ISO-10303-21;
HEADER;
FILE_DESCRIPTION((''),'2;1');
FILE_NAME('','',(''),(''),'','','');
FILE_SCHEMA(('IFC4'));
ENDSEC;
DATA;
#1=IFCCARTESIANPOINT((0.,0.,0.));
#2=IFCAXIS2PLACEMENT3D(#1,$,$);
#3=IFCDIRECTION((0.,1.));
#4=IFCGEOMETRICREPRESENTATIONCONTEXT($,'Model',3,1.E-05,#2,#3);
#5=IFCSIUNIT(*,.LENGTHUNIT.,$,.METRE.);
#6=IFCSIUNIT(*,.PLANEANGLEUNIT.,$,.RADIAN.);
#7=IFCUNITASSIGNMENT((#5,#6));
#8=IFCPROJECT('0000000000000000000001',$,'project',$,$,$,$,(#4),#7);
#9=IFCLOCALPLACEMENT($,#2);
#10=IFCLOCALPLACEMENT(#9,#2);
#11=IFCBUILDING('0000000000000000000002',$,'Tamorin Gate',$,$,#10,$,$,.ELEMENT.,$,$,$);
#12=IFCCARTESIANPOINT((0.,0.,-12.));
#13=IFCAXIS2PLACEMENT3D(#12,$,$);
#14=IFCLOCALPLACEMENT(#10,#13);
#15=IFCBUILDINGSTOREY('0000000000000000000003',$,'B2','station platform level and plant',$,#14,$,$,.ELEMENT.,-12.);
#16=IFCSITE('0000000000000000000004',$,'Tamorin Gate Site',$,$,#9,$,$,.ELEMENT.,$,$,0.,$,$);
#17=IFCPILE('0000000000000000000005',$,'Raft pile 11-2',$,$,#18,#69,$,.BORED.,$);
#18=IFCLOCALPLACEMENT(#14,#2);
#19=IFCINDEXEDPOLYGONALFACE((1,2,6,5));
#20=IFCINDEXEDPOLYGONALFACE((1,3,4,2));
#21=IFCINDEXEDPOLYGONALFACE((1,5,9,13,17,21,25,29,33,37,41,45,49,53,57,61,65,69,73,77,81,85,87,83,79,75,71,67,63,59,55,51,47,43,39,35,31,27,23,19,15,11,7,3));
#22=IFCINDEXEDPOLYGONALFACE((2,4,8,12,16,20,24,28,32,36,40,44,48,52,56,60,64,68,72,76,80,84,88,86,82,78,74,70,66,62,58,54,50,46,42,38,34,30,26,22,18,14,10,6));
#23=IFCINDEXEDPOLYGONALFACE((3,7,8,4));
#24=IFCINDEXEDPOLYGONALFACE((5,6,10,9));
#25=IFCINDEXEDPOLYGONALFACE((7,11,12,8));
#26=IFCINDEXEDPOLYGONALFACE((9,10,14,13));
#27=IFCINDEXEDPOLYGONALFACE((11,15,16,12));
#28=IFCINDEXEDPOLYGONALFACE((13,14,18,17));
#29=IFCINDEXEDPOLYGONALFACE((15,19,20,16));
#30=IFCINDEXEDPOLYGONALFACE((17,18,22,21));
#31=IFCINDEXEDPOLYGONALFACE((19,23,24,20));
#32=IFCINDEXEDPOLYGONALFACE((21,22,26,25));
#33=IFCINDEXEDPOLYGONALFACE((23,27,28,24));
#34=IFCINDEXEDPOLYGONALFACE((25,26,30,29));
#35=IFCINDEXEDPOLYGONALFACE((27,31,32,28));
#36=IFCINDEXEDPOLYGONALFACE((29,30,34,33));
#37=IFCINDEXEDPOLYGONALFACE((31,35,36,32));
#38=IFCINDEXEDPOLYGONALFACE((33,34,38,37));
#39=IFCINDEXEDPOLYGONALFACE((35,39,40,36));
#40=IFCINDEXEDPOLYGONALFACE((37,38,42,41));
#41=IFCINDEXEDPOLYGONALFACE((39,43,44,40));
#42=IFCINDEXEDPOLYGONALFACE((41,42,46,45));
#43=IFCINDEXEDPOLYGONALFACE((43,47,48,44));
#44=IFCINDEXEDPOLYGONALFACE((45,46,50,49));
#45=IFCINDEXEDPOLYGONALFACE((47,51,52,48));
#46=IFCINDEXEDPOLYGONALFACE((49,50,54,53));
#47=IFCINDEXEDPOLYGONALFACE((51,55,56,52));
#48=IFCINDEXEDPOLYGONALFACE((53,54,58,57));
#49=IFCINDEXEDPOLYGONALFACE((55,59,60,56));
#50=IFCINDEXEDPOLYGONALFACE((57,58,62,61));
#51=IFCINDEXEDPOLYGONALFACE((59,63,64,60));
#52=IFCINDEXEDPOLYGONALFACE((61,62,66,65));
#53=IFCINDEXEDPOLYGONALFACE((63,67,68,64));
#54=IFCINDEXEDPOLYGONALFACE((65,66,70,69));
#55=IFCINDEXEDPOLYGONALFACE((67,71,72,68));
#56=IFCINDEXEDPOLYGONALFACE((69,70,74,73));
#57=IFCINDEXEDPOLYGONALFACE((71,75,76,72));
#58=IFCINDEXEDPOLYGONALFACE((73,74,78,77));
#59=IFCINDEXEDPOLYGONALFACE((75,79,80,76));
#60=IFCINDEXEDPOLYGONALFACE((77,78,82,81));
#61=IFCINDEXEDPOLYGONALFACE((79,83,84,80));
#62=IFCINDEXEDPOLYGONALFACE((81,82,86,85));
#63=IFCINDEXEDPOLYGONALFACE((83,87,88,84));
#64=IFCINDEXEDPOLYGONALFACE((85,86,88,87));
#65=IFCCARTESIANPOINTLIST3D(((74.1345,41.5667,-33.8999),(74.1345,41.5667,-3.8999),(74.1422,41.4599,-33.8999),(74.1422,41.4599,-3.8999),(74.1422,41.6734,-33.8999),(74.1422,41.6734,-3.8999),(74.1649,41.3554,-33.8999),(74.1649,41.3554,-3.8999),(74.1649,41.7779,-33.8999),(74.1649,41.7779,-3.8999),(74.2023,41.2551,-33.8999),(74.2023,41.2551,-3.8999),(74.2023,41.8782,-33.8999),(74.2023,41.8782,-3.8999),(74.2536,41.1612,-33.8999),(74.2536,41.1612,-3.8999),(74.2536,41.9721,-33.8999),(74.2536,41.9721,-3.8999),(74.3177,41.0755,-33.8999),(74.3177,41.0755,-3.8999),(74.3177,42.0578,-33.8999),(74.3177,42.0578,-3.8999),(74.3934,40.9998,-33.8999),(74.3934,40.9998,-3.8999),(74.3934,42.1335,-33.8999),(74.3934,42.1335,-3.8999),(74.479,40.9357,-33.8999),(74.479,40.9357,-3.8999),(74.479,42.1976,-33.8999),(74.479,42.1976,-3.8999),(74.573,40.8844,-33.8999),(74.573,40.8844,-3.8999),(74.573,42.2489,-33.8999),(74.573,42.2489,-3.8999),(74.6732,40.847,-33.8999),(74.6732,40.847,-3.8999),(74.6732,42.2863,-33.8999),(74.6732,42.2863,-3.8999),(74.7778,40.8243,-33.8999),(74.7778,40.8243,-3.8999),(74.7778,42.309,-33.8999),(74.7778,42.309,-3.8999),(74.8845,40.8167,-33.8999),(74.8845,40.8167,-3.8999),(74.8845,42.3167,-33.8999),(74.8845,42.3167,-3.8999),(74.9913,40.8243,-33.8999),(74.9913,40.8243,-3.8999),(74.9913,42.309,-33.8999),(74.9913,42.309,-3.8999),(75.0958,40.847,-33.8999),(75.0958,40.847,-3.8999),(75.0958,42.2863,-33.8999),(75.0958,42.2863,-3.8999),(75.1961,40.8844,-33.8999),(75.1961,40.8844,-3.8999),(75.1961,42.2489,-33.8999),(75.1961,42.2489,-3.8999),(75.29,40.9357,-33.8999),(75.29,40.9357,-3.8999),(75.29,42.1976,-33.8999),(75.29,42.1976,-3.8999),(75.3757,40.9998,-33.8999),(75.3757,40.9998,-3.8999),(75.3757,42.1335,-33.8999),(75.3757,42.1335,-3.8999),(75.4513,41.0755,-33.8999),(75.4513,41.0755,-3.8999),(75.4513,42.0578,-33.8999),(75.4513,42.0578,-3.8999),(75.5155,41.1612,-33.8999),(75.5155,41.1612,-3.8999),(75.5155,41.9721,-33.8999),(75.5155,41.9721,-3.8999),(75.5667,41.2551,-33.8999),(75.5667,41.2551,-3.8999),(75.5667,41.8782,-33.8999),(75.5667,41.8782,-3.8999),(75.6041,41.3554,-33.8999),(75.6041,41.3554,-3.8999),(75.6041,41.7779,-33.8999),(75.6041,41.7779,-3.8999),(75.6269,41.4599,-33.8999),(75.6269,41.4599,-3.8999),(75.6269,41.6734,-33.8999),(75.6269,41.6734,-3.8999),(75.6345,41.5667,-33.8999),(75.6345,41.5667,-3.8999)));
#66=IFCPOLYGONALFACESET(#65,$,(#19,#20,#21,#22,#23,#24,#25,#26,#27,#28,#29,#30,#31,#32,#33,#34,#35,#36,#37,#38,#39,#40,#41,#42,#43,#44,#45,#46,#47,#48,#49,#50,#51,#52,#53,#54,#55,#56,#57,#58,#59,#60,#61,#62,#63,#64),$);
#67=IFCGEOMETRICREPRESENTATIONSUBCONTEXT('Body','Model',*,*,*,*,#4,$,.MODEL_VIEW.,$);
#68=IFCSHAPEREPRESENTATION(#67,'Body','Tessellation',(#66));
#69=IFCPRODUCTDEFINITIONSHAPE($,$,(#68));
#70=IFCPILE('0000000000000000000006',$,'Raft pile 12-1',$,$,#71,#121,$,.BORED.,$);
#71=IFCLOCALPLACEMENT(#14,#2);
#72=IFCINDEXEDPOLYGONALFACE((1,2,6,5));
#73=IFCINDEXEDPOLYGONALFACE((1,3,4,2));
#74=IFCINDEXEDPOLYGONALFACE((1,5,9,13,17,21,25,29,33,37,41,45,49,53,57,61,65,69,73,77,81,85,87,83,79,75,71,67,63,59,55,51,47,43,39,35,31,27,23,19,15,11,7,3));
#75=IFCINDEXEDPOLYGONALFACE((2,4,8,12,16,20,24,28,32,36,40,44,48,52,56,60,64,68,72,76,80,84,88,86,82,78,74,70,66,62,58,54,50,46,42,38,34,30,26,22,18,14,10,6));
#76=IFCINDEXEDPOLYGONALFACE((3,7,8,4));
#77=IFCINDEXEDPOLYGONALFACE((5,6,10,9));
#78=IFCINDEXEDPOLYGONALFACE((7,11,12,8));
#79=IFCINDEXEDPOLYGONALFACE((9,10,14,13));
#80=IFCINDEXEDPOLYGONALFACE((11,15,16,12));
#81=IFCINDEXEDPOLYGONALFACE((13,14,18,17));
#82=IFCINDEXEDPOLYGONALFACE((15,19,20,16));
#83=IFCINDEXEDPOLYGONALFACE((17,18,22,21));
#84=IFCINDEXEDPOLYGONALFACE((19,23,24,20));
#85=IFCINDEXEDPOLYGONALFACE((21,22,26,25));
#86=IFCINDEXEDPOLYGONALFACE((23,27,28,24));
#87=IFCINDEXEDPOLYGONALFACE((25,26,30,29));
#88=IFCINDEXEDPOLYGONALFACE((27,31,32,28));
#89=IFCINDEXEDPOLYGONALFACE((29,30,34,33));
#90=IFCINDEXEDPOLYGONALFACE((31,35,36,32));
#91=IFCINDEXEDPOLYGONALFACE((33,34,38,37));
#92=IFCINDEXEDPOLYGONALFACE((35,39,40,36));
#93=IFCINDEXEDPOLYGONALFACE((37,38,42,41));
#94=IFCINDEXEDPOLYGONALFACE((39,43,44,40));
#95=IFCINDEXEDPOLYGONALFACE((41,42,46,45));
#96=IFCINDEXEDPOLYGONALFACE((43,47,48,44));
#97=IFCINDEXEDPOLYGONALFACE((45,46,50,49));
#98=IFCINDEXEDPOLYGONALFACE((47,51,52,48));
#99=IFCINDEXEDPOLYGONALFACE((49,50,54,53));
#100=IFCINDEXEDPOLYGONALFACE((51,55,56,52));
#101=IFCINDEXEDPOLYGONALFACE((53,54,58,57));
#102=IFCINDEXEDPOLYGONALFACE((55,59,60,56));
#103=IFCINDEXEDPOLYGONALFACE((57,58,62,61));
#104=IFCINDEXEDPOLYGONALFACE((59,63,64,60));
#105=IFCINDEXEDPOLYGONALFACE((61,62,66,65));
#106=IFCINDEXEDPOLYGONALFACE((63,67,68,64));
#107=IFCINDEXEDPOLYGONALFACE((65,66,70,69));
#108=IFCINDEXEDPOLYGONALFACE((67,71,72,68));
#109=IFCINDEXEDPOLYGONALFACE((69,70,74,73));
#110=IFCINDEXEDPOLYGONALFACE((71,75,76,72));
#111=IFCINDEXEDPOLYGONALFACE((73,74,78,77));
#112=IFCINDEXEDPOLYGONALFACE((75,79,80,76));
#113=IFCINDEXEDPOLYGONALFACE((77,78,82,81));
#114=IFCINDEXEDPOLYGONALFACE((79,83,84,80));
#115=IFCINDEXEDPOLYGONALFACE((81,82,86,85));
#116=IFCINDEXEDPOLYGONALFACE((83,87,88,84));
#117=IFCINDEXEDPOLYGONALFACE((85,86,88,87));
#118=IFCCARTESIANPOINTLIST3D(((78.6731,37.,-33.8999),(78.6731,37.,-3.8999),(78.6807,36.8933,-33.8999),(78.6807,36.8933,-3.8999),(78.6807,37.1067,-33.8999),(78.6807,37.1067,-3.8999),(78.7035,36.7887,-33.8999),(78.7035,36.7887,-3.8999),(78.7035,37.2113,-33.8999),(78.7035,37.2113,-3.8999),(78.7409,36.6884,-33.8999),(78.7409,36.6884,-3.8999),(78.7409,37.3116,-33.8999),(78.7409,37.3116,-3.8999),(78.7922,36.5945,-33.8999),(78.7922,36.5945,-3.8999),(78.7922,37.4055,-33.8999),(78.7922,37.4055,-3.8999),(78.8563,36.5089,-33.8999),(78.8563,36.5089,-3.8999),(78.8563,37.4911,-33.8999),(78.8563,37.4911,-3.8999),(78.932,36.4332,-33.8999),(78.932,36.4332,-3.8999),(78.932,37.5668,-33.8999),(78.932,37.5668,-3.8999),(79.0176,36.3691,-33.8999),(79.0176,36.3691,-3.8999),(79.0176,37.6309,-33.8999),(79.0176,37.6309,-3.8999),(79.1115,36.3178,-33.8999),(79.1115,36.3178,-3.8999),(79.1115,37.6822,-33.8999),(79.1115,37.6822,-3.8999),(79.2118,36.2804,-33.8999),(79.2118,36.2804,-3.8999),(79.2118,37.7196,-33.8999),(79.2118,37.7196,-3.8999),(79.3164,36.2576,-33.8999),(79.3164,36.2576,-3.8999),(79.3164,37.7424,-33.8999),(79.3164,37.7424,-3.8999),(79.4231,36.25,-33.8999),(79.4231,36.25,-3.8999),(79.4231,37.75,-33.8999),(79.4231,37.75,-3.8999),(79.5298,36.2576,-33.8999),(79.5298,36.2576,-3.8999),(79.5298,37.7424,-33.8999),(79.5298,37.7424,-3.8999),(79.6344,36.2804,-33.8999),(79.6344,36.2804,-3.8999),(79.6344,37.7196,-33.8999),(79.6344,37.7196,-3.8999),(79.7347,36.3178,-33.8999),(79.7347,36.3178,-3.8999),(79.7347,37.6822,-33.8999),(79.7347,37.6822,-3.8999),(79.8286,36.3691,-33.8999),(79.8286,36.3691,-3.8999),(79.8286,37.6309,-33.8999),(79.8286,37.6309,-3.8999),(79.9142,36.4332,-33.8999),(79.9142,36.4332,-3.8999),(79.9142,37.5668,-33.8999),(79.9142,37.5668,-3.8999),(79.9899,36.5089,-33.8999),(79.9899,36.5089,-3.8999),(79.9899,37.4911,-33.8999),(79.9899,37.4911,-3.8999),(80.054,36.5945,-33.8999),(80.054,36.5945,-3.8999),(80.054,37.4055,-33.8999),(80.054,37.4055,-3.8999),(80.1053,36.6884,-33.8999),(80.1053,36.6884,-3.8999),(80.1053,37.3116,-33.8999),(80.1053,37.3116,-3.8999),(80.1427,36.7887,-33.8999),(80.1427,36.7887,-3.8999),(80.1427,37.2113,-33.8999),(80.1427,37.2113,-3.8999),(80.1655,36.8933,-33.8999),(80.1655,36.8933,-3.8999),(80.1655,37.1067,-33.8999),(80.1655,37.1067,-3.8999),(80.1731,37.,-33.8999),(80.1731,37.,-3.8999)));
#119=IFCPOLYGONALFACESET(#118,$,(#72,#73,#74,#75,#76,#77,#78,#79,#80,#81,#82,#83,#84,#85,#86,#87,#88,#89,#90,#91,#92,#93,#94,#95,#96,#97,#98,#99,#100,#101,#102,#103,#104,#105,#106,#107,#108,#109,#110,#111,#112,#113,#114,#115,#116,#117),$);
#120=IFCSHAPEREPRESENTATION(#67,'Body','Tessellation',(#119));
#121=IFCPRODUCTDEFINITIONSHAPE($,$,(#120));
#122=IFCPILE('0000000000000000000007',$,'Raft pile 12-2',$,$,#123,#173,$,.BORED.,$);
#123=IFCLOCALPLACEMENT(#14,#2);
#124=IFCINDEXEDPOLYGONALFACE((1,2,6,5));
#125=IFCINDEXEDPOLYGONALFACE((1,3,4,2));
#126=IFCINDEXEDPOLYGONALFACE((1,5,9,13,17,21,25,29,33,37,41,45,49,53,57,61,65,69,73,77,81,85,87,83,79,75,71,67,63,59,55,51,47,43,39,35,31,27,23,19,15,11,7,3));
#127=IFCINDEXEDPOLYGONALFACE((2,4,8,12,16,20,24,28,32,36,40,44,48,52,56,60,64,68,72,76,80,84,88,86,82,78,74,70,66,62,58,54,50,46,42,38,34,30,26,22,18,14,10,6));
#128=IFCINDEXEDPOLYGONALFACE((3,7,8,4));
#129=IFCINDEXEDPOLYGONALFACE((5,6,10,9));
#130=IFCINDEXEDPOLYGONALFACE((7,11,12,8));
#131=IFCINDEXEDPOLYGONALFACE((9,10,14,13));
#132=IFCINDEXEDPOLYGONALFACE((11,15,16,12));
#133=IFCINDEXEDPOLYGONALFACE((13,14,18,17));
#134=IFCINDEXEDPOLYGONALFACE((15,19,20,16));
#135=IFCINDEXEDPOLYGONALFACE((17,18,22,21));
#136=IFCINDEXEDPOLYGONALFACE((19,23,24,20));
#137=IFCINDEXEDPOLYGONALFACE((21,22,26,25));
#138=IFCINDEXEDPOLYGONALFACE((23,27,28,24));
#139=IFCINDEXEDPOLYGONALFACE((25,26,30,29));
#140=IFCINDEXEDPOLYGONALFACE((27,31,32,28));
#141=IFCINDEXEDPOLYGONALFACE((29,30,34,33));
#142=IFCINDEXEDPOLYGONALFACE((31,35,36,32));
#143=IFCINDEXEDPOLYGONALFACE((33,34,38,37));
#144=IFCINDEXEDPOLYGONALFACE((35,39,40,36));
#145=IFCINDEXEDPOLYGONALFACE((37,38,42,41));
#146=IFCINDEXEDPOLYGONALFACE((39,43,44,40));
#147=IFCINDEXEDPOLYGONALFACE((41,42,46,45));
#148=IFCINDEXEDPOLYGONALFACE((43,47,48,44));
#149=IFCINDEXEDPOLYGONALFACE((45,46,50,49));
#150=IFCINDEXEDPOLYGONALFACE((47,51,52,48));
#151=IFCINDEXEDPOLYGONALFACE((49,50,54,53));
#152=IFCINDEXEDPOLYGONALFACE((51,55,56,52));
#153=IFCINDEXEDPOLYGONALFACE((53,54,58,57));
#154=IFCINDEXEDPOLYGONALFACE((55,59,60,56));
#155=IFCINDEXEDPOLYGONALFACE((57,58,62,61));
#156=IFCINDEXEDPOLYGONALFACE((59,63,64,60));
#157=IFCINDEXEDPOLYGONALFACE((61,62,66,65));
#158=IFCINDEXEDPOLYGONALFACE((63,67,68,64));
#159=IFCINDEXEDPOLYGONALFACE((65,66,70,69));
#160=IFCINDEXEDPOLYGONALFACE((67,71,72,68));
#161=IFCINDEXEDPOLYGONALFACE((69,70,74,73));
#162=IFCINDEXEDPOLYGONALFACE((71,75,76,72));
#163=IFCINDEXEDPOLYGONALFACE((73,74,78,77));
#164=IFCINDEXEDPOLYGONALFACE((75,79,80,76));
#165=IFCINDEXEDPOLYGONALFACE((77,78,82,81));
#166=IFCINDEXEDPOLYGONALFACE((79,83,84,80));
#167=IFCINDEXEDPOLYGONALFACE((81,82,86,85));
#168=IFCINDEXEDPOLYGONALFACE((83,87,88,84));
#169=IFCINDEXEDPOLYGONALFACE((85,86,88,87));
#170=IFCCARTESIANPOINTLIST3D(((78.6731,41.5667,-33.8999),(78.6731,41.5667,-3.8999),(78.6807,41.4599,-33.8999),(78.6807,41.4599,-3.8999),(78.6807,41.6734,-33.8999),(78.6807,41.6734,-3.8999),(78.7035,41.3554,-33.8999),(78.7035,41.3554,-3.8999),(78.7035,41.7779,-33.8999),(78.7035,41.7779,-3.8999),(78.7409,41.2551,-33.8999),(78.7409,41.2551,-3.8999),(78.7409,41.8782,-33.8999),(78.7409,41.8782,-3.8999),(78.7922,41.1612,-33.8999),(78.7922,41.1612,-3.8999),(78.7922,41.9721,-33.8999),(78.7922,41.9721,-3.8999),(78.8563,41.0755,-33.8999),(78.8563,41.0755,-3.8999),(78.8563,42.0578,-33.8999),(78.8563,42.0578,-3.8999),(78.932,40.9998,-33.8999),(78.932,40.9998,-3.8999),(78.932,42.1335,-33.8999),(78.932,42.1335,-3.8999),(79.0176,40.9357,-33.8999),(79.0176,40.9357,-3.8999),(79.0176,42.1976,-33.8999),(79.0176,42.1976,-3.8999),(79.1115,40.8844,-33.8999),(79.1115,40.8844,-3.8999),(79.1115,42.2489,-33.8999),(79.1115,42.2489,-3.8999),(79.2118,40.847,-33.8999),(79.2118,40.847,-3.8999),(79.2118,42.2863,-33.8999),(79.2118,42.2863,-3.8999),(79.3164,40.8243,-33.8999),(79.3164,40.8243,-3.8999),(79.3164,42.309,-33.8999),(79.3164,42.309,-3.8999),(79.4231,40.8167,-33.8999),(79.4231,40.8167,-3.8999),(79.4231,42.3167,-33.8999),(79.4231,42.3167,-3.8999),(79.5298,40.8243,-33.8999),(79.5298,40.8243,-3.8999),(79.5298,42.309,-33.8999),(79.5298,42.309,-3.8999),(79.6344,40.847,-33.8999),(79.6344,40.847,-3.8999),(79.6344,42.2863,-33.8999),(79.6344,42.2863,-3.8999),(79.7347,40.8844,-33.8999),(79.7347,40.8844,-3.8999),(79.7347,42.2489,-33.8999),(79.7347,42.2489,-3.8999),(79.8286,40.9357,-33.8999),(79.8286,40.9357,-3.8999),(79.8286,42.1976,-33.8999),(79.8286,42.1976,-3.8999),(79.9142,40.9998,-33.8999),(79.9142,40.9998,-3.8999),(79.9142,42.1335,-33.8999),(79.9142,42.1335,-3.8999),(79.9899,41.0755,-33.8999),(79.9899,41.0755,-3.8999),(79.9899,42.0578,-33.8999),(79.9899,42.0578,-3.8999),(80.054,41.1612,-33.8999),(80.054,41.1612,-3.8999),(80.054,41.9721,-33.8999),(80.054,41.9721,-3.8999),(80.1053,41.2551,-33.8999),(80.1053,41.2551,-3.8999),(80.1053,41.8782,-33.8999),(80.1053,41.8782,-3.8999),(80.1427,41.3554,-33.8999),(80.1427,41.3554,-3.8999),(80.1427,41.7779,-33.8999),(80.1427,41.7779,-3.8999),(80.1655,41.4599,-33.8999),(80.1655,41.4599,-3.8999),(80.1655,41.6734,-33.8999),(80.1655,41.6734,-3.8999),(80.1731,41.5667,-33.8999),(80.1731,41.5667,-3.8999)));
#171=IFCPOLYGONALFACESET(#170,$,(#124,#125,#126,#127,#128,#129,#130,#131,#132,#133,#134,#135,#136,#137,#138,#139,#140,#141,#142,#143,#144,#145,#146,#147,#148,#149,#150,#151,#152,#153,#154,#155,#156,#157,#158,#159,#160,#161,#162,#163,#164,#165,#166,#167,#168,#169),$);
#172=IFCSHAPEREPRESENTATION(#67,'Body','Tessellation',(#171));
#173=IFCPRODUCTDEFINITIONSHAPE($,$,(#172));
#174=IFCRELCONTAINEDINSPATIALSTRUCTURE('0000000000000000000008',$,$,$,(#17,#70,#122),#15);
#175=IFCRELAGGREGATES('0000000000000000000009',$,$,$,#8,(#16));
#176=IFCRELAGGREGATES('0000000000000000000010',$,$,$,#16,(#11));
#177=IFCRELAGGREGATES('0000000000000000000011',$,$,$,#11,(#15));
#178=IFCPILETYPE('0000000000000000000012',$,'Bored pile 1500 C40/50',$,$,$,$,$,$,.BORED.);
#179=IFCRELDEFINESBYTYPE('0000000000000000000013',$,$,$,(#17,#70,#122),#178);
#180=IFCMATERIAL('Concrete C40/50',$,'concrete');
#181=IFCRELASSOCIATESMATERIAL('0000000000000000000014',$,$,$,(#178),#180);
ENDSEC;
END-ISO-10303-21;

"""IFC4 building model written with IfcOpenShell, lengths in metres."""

from ifc_helpers import new_model, si_unit, direction, frame, origin, origin_2d, place, context, subcontext, project, spatial, circle, extrude, material, material_profile, profile_set, type_object, element, save


model = new_model("IFC4")

# Units and contexts
model_context = context("Model", 3, precision=1e-05, world=origin(), true_north=direction((0.0, 1.0)))
body_context = subcontext(model_context, "Body", "Model", "MODEL_VIEW")
ifc_project = project(units=[si_unit("LENGTHUNIT", "METRE"), si_unit("PLANEANGLEUNIT", "RADIAN")], contexts=[model_context])

# Site, building, storey
site_placement = place(None, origin())
site = spatial("IfcSite", under=ifc_project, at=site_placement, Name="Tamorin Gate Site", CompositionType="ELEMENT", RefElevation=0.0)
building_placement = place(site_placement, origin())
building = spatial("IfcBuilding", under=site, at=building_placement, Name="Tamorin Gate", CompositionType="ELEMENT")
storey_placement = place(building_placement, frame((0.0, 0.0, -12.0)))
storey = spatial("IfcBuildingStorey", under=building, at=storey_placement, Name="B2", Description="station platform level and plant", CompositionType="ELEMENT", Elevation=-12.0)

# Piles
ifc_material_1 = material(Name="Concrete C40/50", Category="concrete")
ifc_material_profile_1 = material_profile(ifc_material_1, circle(Radius=0.75, at=origin_2d()))
ifc_profile_set_1 = profile_set([ifc_material_profile_1], Name="Concrete C40/50")
pile_type = type_object("IfcPileType", Name="Bored pile 1500 C40/50", PredefinedType="BORED", material=ifc_profile_set_1)
for number, where, z_axis, x_axis, name in (
    (1, (74.8845, 41.5667, -3.8999), (0.0, 0.0, -1.0), (1.0, 0.0, 0.0), "Raft pile 11-2"),
    (2, (79.4231, 37.0, -3.8999), (0.0, 0.0, -1.0), (1.0, 0.0, 0.0), "Raft pile 12-1"),
    (3, (79.4231, 41.5667, -3.8999), (0.0, 0.0, -1.0), (1.0, 0.0, 0.0), "Raft pile 12-2"),
):
    element("IfcPile", number, at=place(storey_placement, frame(where, z_axis=z_axis, x_axis=x_axis)), inside=storey, type_object=pile_type, Name=name, PredefinedType="BORED", context=body_context, shape_type="SweptSolid", body=[
        extrude(circle(Radius=0.75, at=origin_2d()), origin(), (0.0, 0.0, 1.0), 30.0),
    ])

save(model, "model.ifc")
